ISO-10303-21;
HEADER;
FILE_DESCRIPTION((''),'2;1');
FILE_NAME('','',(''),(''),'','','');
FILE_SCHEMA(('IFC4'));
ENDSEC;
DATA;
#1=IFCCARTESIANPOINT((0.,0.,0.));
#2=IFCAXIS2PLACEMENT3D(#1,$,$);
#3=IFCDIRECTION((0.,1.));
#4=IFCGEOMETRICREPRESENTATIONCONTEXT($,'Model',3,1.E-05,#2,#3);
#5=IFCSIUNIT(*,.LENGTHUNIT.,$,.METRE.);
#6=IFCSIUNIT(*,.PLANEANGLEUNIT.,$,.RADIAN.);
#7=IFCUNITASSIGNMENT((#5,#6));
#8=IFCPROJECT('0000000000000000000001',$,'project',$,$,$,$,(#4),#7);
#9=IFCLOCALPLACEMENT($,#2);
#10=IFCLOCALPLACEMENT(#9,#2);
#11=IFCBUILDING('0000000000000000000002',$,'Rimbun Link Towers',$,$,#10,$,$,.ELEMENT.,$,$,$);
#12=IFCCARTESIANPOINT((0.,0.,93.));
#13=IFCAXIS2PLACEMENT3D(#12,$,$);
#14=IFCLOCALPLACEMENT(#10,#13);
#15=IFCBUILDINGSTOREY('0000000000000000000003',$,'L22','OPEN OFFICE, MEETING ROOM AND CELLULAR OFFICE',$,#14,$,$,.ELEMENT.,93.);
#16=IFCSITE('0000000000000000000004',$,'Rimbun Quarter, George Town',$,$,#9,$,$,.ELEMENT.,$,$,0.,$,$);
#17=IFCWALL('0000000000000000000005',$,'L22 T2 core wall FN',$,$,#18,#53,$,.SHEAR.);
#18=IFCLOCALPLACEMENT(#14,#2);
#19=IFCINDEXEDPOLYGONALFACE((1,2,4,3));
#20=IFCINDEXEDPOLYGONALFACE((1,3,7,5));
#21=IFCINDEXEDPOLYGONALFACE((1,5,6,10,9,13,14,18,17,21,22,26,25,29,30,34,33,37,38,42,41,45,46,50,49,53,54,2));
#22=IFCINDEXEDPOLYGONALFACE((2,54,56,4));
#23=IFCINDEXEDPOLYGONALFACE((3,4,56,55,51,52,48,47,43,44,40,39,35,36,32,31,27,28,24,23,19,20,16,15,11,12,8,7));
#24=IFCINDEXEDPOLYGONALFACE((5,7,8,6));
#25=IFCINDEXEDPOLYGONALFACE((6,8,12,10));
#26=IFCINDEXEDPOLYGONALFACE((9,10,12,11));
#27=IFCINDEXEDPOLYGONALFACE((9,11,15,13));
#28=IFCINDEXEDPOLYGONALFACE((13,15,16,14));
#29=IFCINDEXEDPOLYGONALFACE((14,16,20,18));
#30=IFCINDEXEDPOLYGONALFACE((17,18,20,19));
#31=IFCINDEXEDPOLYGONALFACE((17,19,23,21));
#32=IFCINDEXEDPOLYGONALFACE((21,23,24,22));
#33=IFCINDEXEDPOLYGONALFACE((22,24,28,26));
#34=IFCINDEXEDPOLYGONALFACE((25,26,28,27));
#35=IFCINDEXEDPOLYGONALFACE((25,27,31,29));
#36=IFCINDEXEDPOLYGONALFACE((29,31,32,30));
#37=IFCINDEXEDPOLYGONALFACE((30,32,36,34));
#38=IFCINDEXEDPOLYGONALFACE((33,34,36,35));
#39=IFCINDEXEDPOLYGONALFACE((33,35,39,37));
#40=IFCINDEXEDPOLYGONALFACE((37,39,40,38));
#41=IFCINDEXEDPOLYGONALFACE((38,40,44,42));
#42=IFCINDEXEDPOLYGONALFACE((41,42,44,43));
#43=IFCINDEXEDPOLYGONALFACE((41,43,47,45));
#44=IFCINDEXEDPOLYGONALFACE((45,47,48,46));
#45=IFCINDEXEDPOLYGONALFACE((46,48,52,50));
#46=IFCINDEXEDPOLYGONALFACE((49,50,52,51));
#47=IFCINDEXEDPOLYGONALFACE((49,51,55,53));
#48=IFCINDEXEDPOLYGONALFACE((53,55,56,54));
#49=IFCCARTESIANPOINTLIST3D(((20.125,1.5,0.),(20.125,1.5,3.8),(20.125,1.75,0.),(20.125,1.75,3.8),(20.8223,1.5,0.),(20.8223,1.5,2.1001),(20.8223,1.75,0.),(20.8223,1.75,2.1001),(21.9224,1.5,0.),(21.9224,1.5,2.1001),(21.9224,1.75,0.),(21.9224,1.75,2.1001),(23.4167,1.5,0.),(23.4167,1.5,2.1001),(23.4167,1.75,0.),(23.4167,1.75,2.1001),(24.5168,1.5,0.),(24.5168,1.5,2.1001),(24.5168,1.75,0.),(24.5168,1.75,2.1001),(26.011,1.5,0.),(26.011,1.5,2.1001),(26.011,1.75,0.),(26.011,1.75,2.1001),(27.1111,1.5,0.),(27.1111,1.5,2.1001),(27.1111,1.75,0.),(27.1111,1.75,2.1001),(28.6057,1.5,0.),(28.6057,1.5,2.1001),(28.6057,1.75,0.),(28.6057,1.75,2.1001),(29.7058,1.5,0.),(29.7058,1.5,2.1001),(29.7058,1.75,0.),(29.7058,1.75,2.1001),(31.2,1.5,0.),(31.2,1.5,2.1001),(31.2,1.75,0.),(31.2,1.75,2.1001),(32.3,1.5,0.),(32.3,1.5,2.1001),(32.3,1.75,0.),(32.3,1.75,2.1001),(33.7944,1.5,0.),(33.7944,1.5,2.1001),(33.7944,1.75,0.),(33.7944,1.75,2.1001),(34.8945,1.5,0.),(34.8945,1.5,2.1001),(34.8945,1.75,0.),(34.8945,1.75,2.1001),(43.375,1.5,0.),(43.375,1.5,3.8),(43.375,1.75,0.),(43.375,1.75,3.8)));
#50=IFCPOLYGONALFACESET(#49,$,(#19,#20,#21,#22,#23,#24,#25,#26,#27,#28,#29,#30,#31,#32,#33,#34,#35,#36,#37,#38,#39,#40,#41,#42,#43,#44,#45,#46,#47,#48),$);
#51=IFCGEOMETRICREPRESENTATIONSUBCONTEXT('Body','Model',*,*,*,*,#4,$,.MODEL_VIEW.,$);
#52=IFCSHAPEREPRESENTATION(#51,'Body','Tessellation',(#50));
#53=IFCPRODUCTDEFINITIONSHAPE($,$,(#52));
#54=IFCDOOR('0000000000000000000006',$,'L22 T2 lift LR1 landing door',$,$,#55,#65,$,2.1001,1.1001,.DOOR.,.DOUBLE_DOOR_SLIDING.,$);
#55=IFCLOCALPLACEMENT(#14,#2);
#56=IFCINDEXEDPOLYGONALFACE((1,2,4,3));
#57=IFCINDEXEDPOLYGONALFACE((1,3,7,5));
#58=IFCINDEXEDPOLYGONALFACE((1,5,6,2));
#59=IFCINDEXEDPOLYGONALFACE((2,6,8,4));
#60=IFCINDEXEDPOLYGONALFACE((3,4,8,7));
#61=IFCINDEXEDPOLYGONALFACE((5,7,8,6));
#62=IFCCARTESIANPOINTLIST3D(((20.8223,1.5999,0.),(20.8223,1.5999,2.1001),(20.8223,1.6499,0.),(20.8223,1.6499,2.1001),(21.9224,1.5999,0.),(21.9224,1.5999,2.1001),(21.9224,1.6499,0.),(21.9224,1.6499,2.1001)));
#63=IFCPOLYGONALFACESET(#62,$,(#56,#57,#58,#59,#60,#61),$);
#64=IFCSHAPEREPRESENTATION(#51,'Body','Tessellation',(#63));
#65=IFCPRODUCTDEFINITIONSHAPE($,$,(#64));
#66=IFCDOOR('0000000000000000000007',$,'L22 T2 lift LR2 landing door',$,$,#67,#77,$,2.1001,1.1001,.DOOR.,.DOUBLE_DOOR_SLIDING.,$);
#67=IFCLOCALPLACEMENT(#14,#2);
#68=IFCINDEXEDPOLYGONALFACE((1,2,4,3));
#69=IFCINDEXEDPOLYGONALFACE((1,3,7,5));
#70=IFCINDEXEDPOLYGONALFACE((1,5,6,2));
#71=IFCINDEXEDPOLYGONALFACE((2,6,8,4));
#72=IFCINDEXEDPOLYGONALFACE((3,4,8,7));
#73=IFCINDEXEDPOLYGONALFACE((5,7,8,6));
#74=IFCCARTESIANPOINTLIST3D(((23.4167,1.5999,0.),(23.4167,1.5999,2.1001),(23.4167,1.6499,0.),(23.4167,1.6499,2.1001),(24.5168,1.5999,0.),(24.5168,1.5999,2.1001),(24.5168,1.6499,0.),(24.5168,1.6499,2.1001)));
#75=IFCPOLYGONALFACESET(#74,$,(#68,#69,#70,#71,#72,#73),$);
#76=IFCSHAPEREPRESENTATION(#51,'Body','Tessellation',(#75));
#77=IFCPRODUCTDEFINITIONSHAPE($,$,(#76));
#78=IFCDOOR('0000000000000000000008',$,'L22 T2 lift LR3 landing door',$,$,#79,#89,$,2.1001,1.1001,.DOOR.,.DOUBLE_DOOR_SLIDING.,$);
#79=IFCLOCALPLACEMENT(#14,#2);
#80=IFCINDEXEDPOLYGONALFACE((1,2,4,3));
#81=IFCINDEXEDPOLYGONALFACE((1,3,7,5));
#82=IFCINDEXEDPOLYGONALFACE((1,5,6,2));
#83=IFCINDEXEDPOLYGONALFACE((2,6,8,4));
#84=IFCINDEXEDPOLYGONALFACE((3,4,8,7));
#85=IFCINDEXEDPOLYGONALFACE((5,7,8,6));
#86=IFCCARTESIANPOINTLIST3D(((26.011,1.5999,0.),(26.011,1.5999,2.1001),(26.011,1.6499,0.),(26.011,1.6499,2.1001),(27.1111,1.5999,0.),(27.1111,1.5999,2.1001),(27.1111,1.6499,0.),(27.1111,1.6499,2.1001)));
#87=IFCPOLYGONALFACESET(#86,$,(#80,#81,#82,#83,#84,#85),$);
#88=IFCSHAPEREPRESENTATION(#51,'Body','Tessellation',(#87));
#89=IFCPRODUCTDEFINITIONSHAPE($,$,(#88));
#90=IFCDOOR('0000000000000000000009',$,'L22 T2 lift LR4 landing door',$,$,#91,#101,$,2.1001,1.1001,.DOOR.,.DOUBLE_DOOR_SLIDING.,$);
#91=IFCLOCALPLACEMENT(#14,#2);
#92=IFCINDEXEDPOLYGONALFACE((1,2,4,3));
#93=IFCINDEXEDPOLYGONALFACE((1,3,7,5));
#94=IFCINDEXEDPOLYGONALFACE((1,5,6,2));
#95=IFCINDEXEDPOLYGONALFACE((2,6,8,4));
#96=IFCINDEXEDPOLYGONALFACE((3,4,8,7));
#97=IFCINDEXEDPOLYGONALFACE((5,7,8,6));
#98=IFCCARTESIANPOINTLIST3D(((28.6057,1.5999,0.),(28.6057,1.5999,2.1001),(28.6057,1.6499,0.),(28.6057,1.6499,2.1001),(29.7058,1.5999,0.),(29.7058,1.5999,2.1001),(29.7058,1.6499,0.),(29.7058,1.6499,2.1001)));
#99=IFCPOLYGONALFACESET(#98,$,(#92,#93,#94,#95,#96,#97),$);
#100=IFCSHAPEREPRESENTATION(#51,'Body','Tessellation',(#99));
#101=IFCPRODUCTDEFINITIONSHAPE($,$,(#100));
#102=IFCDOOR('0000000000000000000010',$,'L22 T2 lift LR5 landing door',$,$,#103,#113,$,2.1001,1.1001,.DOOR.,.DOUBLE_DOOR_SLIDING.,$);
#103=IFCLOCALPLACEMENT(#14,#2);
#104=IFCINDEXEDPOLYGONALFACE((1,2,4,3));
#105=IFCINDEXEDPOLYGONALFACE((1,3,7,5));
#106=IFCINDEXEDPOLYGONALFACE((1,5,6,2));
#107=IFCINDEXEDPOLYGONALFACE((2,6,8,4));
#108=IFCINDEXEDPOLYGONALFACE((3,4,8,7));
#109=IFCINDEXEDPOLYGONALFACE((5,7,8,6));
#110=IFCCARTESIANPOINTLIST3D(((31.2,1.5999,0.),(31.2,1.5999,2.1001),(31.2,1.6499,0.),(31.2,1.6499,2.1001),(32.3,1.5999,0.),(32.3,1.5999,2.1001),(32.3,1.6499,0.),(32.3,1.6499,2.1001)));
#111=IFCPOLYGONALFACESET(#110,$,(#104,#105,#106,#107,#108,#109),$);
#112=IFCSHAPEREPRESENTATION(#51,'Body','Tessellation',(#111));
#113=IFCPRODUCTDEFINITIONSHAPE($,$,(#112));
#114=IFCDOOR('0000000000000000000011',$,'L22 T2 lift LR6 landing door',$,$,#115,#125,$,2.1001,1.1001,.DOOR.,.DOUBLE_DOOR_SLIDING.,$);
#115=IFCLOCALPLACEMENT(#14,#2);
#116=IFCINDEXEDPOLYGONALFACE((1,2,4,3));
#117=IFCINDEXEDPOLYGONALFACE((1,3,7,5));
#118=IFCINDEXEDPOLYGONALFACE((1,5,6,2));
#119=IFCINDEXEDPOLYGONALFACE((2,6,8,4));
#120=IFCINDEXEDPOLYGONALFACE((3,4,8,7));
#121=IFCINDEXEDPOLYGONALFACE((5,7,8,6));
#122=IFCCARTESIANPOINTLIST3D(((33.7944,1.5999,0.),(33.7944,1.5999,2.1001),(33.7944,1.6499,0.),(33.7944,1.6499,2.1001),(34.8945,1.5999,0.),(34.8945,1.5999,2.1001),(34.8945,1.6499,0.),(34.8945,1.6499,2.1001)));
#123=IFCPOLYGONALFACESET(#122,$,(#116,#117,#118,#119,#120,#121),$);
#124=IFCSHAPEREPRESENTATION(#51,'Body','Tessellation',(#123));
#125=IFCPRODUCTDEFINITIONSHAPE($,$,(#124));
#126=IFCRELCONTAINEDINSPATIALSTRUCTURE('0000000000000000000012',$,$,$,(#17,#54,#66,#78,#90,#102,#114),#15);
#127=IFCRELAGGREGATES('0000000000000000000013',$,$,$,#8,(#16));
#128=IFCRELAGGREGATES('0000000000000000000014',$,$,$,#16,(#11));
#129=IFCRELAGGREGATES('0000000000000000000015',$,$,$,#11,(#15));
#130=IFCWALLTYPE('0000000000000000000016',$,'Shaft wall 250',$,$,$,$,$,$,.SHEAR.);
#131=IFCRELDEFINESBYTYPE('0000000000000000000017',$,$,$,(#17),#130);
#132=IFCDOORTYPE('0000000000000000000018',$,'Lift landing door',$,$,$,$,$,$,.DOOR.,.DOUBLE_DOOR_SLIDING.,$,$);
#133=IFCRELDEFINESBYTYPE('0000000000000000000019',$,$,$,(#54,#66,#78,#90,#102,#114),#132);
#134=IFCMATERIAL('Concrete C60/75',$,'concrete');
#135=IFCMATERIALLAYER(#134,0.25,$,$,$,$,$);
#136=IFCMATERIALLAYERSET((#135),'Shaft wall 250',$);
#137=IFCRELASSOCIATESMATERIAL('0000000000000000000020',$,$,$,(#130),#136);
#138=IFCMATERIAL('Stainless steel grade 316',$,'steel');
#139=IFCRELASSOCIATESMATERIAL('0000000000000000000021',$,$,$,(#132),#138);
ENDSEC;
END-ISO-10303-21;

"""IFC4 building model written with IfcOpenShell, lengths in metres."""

from ifc_helpers import new_model, si_unit, direction, frame, frame_2d, origin, place, context, subcontext, project, spatial, rectangle, extrude, material, layer, layer_set, type_object, element, fill, save


model = new_model("IFC4")

# Units and contexts
model_context = context("Model", 3, precision=1e-05, world=origin(), true_north=direction((0.0, 1.0)))
body_context = subcontext(model_context, "Body", "Model", "MODEL_VIEW")
ifc_project = project(units=[si_unit("LENGTHUNIT", "METRE"), si_unit("PLANEANGLEUNIT", "RADIAN")], contexts=[model_context])

# Site, building, storey
site_placement = place(None, origin())
site = spatial("IfcSite", under=ifc_project, at=site_placement, Name="Rimbun Quarter, George Town", CompositionType="ELEMENT", RefElevation=0.0)
building_placement = place(site_placement, origin())
building = spatial("IfcBuilding", under=site, at=building_placement, Name="Rimbun Link Towers", CompositionType="ELEMENT")
storey_placement = place(building_placement, frame((0.0, 0.0, 93.0)))
storey = spatial("IfcBuildingStorey", under=building, at=storey_placement, Name="L22", Description="OPEN OFFICE, MEETING ROOM AND CELLULAR OFFICE", CompositionType="ELEMENT", Elevation=93.0)

# Wall, openings, doors
ifc_material_1 = material(Name="Concrete C60/75", Category="concrete")
ifc_layer_1 = layer(ifc_material_1, 0.25)
ifc_layer_set_1 = layer_set([ifc_layer_1], Name="Shaft wall 250")
wall_type_1 = type_object("IfcWallType", Name="Shaft wall 250", PredefinedType="SHEAR", material=ifc_layer_set_1)
wall_1_placement = place(storey_placement, frame((20.125, 1.625, 0.0), z_axis=(0.0, 0.0, 1.0), x_axis=(1.0, 0.0, 0.0)))
wall_1 = element("IfcWall", 1, at=wall_1_placement, inside=storey, type_object=wall_type_1, Name="L22 T2 core wall FN", PredefinedType="SHEAR", context=body_context, shape_type="SweptSolid", body=[
    extrude(rectangle(XDim=23.25, YDim=0.25, at=frame_2d((11.625, 0.0))), origin(), (0.0, 0.0, 1.0), 3.8),
])
opening_1_placement = place(wall_1_placement, frame((0.6973, 0.0, 0.0)))
opening_1 = element("IfcOpeningElement", 2, at=opening_1_placement, cuts=wall_1, PredefinedType="OPENING", context=body_context, shape_type="SweptSolid", body=[
    extrude(rectangle(XDim=1.1001, YDim=2.1001, at=frame_2d((0.55, 1.05))), frame((0.0, 0.135, 0.0), z_axis=(0.0, -1.0, 0.0), x_axis=(1.0, 0.0, 0.0)), (0.0, 0.0, 1.0), 0.27),
])
opening_2_placement = place(wall_1_placement, frame((3.2917, 0.0, 0.0)))
opening_2 = element("IfcOpeningElement", 3, at=opening_2_placement, cuts=wall_1, PredefinedType="OPENING", context=body_context, shape_type="SweptSolid", body=[
    extrude(rectangle(XDim=1.1001, YDim=2.1001, at=frame_2d((0.55, 1.05))), frame((0.0, 0.135, 0.0), z_axis=(0.0, -1.0, 0.0), x_axis=(1.0, 0.0, 0.0)), (0.0, 0.0, 1.0), 0.27),
])
opening_3_placement = place(wall_1_placement, frame((5.886, 0.0, 0.0)))
opening_3 = element("IfcOpeningElement", 4, at=opening_3_placement, cuts=wall_1, PredefinedType="OPENING", context=body_context, shape_type="SweptSolid", body=[
    extrude(rectangle(XDim=1.1001, YDim=2.1001, at=frame_2d((0.55, 1.05))), frame((0.0, 0.135, 0.0), z_axis=(0.0, -1.0, 0.0), x_axis=(1.0, 0.0, 0.0)), (0.0, 0.0, 1.0), 0.27),
])
opening_4_placement = place(wall_1_placement, frame((8.4807, 0.0, 0.0)))
opening_4 = element("IfcOpeningElement", 5, at=opening_4_placement, cuts=wall_1, PredefinedType="OPENING", context=body_context, shape_type="SweptSolid", body=[
    extrude(rectangle(XDim=1.1001, YDim=2.1001, at=frame_2d((0.55, 1.05))), frame((0.0, 0.135, 0.0), z_axis=(0.0, -1.0, 0.0), x_axis=(1.0, 0.0, 0.0)), (0.0, 0.0, 1.0), 0.27),
])
opening_5_placement = place(wall_1_placement, frame((11.075, 0.0, 0.0)))
opening_5 = element("IfcOpeningElement", 6, at=opening_5_placement, cuts=wall_1, PredefinedType="OPENING", context=body_context, shape_type="SweptSolid", body=[
    extrude(rectangle(XDim=1.1001, YDim=2.1001, at=frame_2d((0.55, 1.05))), frame((0.0, 0.135, 0.0), z_axis=(0.0, -1.0, 0.0), x_axis=(1.0, 0.0, 0.0)), (0.0, 0.0, 1.0), 0.27),
])
opening_6_placement = place(wall_1_placement, frame((13.6694, 0.0, 0.0)))
opening_6 = element("IfcOpeningElement", 7, at=opening_6_placement, cuts=wall_1, PredefinedType="OPENING", context=body_context, shape_type="SweptSolid", body=[
    extrude(rectangle(XDim=1.1001, YDim=2.1001, at=frame_2d((0.55, 1.05))), frame((0.0, 0.135, 0.0), z_axis=(0.0, -1.0, 0.0), x_axis=(1.0, 0.0, 0.0)), (0.0, 0.0, 1.0), 0.27),
])
ifc_material_2 = material(Name="Stainless steel grade 316", Category="steel")
door_type_1 = type_object("IfcDoorType", Name="Lift landing door", OperationType="DOUBLE_DOOR_SLIDING", PredefinedType="DOOR", material=ifc_material_2)
door_1_placement = place(opening_1_placement, origin())
door_1 = element("IfcDoor", 8, at=door_1_placement, inside=storey, type_object=door_type_1, Name="L22 T2 lift LR1 landing door", OperationType="DOUBLE_DOOR_SLIDING", OverallHeight=2.1001, OverallWidth=1.1001, PredefinedType="DOOR", context=body_context, shape_type="SweptSolid", body=[
    extrude(rectangle(XDim=1.1001, YDim=2.1001, at=frame_2d((0.55, 1.05))), frame((0.0, 0.0249, 0.0), z_axis=(0.0, -1.0, 0.0), x_axis=(1.0, 0.0, 0.0)), (0.0, 0.0, 1.0), 0.05),
])
fill(opening_1, door_1)
door_2_placement = place(opening_2_placement, origin())
door_2 = element("IfcDoor", 9, at=door_2_placement, inside=storey, type_object=door_type_1, Name="L22 T2 lift LR2 landing door", OperationType="DOUBLE_DOOR_SLIDING", OverallHeight=2.1001, OverallWidth=1.1001, PredefinedType="DOOR", context=body_context, shape_type="SweptSolid", body=[
    extrude(rectangle(XDim=1.1001, YDim=2.1001, at=frame_2d((0.55, 1.05))), frame((0.0, 0.0249, 0.0), z_axis=(0.0, -1.0, 0.0), x_axis=(1.0, 0.0, 0.0)), (0.0, 0.0, 1.0), 0.05),
])
fill(opening_2, door_2)
door_3_placement = place(opening_3_placement, origin())
door_3 = element("IfcDoor", 10, at=door_3_placement, inside=storey, type_object=door_type_1, Name="L22 T2 lift LR3 landing door", OperationType="DOUBLE_DOOR_SLIDING", OverallHeight=2.1001, OverallWidth=1.1001, PredefinedType="DOOR", context=body_context, shape_type="SweptSolid", body=[
    extrude(rectangle(XDim=1.1001, YDim=2.1001, at=frame_2d((0.55, 1.05))), frame((0.0, 0.0249, 0.0), z_axis=(0.0, -1.0, 0.0), x_axis=(1.0, 0.0, 0.0)), (0.0, 0.0, 1.0), 0.05),
])
fill(opening_3, door_3)
door_4_placement = place(opening_4_placement, origin())
door_4 = element("IfcDoor", 11, at=door_4_placement, inside=storey, type_object=door_type_1, Name="L22 T2 lift LR4 landing door", OperationType="DOUBLE_DOOR_SLIDING", OverallHeight=2.1001, OverallWidth=1.1001, PredefinedType="DOOR", context=body_context, shape_type="SweptSolid", body=[
    extrude(rectangle(XDim=1.1001, YDim=2.1001, at=frame_2d((0.55, 1.05))), frame((0.0, 0.0249, 0.0), z_axis=(0.0, -1.0, 0.0), x_axis=(1.0, 0.0, 0.0)), (0.0, 0.0, 1.0), 0.05),
])
fill(opening_4, door_4)
door_5_placement = place(opening_5_placement, origin())
door_5 = element("IfcDoor", 12, at=door_5_placement, inside=storey, type_object=door_type_1, Name="L22 T2 lift LR5 landing door", OperationType="DOUBLE_DOOR_SLIDING", OverallHeight=2.1001, OverallWidth=1.1001, PredefinedType="DOOR", context=body_context, shape_type="SweptSolid", body=[
    extrude(rectangle(XDim=1.1001, YDim=2.1001, at=frame_2d((0.55, 1.05))), frame((0.0, 0.0249, 0.0), z_axis=(0.0, -1.0, 0.0), x_axis=(1.0, 0.0, 0.0)), (0.0, 0.0, 1.0), 0.05),
])
fill(opening_5, door_5)
door_6_placement = place(opening_6_placement, origin())
door_6 = element("IfcDoor", 13, at=door_6_placement, inside=storey, type_object=door_type_1, Name="L22 T2 lift LR6 landing door", OperationType="DOUBLE_DOOR_SLIDING", OverallHeight=2.1001, OverallWidth=1.1001, PredefinedType="DOOR", context=body_context, shape_type="SweptSolid", body=[
    extrude(rectangle(XDim=1.1001, YDim=2.1001, at=frame_2d((0.55, 1.05))), frame((0.0, 0.0249, 0.0), z_axis=(0.0, -1.0, 0.0), x_axis=(1.0, 0.0, 0.0)), (0.0, 0.0, 1.0), 0.05),
])
fill(opening_6, door_6)

save(model, "model.ifc")
